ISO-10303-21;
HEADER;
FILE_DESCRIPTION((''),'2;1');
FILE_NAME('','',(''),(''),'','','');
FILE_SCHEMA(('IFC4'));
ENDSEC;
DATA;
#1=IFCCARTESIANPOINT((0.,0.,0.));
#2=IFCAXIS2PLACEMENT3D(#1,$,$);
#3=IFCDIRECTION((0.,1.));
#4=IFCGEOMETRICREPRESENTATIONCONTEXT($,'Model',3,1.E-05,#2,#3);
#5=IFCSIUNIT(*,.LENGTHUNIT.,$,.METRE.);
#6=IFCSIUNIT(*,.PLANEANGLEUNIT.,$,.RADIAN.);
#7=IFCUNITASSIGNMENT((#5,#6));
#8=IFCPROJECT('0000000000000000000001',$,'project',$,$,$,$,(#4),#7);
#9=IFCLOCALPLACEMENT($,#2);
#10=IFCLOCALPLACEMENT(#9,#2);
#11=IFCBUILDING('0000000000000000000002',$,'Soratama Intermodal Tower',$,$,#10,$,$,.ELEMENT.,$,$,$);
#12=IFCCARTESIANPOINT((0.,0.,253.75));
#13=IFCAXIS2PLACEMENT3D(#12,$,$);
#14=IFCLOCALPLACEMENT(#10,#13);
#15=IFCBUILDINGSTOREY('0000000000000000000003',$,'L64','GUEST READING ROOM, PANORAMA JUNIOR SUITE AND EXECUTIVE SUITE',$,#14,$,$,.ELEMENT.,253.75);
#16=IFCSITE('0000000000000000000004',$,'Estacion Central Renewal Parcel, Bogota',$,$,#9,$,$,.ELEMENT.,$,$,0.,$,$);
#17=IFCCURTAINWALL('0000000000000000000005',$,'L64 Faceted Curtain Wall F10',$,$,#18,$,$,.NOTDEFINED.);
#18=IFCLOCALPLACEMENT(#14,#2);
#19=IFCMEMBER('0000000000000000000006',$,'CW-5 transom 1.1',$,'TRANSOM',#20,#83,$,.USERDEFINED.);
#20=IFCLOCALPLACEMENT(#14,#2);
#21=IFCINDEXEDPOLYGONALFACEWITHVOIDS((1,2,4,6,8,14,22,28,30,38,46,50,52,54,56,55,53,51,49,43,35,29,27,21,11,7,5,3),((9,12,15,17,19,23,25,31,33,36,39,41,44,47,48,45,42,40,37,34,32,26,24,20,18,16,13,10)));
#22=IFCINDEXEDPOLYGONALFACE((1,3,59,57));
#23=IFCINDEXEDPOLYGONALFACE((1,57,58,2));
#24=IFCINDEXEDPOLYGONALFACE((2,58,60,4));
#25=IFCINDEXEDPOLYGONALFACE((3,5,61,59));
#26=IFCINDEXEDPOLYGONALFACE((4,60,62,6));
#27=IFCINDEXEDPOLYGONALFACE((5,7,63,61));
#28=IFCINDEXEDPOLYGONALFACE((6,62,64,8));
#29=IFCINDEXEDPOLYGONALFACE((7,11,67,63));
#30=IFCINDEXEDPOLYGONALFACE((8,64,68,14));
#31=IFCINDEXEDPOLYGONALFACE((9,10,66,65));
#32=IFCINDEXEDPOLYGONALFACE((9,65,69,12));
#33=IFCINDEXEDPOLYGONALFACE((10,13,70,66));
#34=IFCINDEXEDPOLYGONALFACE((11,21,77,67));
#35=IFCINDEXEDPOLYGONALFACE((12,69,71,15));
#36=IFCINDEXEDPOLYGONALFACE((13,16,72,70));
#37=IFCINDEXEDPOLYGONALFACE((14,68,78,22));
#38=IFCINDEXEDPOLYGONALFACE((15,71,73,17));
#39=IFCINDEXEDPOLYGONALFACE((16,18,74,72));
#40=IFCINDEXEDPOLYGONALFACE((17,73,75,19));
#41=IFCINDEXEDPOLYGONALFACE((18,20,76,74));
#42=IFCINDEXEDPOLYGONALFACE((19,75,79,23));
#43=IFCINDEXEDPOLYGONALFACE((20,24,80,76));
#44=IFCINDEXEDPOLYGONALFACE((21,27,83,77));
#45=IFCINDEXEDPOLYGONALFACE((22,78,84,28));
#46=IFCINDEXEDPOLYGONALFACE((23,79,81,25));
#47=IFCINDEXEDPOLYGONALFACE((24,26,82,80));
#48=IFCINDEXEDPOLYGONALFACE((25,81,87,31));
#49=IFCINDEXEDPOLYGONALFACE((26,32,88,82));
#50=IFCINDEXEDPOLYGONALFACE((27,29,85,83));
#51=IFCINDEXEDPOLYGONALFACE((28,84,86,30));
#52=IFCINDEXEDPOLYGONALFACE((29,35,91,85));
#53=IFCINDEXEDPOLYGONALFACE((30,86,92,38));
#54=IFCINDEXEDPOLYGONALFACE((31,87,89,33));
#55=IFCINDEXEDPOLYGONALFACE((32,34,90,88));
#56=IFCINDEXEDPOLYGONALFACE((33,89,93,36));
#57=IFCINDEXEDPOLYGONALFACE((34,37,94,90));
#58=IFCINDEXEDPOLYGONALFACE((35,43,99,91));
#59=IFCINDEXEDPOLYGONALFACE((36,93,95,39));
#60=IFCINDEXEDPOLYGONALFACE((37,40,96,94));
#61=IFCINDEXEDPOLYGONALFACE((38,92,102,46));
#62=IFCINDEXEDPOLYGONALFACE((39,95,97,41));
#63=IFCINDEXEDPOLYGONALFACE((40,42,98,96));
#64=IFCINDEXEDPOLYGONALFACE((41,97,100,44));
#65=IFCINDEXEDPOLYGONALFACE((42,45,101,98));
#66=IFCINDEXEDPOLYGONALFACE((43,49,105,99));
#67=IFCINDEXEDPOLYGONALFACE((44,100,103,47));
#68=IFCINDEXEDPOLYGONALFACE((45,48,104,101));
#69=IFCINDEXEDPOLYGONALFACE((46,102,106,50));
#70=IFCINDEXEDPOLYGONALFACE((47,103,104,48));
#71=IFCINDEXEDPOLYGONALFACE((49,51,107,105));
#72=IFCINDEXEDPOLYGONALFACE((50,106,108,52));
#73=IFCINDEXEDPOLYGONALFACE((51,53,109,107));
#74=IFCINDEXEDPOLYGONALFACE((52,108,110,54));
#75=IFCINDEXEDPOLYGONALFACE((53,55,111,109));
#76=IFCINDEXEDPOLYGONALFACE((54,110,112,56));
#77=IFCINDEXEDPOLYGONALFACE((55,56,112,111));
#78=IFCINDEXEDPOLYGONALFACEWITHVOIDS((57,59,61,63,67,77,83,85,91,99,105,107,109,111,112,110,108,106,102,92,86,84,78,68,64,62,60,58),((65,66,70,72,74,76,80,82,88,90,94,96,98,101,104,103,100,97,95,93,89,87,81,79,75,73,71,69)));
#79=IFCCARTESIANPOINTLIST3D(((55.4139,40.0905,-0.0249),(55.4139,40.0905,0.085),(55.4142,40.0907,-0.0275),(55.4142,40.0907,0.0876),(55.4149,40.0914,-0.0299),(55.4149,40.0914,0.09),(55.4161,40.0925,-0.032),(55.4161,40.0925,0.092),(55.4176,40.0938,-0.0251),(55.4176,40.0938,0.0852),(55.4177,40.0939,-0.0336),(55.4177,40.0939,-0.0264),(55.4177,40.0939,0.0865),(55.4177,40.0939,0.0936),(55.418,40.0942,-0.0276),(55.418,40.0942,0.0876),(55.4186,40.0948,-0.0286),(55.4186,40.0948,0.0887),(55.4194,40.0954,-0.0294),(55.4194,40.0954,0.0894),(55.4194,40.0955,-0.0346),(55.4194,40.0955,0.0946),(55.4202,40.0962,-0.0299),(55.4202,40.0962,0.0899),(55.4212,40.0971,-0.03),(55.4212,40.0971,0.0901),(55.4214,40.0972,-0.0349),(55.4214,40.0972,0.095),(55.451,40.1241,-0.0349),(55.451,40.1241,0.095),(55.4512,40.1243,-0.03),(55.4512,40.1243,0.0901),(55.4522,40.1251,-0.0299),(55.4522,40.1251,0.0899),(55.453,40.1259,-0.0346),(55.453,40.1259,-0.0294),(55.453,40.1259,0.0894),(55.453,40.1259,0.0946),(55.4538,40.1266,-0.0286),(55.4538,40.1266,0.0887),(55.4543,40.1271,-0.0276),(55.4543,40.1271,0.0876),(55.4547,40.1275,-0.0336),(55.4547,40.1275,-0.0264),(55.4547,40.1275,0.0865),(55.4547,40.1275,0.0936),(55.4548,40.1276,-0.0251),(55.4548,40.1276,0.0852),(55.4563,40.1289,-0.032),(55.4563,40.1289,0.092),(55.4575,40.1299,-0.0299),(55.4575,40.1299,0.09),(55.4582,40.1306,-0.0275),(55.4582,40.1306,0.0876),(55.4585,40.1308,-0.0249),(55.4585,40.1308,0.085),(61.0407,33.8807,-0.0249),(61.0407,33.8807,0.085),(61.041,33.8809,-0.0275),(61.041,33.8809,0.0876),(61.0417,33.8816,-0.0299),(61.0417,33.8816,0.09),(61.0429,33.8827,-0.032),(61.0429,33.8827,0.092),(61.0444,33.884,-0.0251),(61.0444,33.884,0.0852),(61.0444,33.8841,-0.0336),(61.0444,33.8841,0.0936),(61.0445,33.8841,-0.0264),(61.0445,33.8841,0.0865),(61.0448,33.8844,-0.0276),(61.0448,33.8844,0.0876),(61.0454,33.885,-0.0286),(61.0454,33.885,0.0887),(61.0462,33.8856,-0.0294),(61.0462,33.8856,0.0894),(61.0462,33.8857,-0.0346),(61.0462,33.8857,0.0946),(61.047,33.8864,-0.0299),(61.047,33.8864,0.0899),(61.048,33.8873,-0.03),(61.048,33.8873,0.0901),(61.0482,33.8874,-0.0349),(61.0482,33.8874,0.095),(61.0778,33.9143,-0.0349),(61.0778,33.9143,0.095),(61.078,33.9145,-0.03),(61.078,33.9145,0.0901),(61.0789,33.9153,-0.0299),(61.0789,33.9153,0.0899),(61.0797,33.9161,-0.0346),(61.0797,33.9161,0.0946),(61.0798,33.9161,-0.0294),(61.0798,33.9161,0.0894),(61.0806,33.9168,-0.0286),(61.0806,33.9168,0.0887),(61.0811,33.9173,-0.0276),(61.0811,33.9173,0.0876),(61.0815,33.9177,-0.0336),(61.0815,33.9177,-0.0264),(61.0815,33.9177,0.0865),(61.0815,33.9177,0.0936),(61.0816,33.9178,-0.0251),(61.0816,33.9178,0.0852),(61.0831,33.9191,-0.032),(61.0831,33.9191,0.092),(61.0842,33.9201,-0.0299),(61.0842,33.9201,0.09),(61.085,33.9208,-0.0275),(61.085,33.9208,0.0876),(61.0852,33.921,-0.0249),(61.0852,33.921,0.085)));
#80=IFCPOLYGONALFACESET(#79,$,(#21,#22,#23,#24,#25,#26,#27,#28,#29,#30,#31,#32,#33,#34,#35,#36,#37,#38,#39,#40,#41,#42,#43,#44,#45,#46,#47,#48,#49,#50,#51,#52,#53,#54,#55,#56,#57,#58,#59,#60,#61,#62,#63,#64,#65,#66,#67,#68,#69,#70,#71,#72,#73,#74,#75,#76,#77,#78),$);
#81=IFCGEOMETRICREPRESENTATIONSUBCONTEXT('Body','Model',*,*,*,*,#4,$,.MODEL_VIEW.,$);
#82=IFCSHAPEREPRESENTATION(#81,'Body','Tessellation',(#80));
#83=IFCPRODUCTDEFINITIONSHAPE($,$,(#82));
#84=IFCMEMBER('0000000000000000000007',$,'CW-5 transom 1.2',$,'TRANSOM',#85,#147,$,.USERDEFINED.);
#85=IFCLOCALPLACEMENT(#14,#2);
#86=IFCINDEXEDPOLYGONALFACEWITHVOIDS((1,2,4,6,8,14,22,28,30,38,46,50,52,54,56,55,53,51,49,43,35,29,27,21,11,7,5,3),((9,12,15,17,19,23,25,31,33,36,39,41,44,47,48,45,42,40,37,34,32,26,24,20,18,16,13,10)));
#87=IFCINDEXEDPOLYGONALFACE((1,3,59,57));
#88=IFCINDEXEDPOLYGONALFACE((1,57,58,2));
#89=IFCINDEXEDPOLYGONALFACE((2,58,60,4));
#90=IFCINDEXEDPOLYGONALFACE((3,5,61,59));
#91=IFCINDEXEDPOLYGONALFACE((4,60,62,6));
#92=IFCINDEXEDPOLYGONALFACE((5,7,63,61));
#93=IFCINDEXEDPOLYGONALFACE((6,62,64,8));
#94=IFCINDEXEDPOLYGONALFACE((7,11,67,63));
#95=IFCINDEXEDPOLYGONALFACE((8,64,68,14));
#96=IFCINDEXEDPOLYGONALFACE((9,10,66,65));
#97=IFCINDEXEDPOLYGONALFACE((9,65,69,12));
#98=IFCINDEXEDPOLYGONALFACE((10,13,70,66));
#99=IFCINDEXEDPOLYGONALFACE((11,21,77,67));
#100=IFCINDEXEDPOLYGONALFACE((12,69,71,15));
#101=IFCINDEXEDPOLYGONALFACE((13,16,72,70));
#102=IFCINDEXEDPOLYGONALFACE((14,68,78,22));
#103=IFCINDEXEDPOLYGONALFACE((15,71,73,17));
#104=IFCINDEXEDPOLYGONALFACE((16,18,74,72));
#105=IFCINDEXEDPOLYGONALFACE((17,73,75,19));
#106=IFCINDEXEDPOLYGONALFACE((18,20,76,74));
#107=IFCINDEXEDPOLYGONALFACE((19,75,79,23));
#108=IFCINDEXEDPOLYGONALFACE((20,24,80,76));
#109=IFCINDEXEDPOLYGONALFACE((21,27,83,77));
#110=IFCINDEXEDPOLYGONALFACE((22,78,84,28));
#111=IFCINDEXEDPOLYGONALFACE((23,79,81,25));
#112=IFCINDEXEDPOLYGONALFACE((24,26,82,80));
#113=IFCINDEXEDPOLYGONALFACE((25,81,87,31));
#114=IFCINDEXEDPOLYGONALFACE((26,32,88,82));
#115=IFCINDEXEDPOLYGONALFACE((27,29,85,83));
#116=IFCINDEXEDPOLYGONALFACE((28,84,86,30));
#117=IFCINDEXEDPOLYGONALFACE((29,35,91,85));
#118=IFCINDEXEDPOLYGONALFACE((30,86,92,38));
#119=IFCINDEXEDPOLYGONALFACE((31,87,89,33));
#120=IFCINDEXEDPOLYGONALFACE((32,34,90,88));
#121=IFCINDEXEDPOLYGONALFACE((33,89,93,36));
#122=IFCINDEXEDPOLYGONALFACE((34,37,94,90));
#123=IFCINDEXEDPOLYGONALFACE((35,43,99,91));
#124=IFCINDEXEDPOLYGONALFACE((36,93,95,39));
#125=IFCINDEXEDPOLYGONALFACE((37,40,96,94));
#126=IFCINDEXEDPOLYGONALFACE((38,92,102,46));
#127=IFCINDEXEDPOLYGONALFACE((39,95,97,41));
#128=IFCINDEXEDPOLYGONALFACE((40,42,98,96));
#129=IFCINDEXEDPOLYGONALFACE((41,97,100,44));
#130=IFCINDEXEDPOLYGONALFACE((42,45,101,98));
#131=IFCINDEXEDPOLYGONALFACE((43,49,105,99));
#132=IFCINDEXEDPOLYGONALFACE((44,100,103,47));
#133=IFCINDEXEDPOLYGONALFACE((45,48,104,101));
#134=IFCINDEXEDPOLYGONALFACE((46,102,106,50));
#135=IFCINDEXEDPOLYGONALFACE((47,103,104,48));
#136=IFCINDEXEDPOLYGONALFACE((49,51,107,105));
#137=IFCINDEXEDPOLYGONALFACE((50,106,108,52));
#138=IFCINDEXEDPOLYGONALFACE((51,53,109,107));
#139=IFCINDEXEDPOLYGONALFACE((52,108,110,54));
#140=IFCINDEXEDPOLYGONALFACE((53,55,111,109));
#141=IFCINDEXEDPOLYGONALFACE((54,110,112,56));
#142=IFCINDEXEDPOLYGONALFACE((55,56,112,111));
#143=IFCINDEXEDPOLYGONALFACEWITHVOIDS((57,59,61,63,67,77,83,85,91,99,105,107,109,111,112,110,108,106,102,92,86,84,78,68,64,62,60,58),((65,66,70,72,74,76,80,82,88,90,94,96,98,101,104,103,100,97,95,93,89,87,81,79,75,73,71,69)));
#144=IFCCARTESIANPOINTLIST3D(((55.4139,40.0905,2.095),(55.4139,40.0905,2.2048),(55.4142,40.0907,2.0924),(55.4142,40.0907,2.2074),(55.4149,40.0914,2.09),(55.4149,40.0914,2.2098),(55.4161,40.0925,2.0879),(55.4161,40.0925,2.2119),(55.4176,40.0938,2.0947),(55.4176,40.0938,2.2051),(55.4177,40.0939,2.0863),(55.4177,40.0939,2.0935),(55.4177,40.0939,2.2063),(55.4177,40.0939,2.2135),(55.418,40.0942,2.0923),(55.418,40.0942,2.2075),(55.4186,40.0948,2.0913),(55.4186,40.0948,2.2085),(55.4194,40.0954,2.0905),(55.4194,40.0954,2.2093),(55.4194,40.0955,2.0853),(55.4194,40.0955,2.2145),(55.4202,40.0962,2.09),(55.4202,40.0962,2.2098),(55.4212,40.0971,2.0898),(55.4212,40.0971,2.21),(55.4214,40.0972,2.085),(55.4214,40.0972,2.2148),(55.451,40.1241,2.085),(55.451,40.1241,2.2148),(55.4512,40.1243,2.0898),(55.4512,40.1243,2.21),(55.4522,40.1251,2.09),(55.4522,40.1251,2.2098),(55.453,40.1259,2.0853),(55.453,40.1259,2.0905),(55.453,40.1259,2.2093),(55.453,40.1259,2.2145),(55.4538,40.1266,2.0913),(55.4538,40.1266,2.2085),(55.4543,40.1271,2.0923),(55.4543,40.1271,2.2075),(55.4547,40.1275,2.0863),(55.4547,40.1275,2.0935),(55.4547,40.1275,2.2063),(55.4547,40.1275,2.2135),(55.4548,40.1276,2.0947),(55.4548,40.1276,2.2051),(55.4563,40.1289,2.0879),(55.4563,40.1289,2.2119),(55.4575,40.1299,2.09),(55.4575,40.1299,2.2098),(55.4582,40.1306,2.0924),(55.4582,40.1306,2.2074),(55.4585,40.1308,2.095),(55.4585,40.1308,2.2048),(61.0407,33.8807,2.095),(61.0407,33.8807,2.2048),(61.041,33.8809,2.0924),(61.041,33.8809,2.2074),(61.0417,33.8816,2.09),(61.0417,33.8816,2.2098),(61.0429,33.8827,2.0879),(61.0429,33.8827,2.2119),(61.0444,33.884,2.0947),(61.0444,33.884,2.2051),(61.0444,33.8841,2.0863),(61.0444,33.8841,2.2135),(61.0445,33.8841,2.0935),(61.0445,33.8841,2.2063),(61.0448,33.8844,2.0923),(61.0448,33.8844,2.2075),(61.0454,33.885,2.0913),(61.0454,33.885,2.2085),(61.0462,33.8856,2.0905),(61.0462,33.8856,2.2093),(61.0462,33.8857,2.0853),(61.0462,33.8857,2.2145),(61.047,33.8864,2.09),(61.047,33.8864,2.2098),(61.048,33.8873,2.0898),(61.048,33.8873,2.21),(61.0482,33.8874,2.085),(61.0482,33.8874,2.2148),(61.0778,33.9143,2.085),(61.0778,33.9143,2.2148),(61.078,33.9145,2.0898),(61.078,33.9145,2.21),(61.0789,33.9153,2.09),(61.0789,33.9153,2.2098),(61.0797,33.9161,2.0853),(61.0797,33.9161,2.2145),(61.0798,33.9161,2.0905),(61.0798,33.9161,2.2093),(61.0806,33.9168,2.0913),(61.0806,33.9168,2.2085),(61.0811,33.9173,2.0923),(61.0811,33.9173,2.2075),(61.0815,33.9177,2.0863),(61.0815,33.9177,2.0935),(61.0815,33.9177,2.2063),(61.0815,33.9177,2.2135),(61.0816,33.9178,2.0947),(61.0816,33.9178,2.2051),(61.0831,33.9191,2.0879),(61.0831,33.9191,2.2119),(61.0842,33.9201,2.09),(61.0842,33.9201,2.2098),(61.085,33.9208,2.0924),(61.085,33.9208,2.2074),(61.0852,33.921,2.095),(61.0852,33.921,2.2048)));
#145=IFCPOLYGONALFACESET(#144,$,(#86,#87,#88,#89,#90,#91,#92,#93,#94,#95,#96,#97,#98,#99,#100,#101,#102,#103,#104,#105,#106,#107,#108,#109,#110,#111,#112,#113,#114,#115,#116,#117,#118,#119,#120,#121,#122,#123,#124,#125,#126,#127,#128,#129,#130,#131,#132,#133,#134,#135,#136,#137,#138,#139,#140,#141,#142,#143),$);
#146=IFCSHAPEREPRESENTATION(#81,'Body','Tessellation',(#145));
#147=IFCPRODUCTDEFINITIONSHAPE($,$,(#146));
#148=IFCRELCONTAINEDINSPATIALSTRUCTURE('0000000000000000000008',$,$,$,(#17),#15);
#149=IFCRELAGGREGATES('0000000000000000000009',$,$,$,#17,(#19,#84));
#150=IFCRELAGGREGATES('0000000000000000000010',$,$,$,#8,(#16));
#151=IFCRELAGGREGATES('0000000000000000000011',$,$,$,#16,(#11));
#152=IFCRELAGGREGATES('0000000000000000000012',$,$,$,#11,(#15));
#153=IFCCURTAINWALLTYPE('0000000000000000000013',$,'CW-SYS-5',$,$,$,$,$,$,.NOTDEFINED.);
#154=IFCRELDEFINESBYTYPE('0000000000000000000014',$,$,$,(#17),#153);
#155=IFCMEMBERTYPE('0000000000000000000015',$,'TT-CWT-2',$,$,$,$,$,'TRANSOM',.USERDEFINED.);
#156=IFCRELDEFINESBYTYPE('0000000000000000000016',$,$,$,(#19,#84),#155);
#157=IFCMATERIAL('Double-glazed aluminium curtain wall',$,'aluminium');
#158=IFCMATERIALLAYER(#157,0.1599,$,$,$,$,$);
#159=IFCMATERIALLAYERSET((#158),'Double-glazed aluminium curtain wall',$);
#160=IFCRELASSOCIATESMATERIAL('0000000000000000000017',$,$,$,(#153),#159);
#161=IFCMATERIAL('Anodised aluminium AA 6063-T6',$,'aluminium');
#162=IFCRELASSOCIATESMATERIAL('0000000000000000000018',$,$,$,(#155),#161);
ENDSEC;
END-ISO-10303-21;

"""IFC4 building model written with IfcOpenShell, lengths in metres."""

from ifc_helpers import new_model, si_unit, direction, frame, origin, origin_2d, place, context, subcontext, project, spatial, hollow_rectangle, extrude, material, layer, layer_set, material_profile, profile_set, type_object, element, aggregate, save


model = new_model("IFC4")

# Units and contexts
model_context = context("Model", 3, precision=1e-05, world=origin(), true_north=direction((0.0, 1.0)))
body_context = subcontext(model_context, "Body", "Model", "MODEL_VIEW")
ifc_project = project(units=[si_unit("LENGTHUNIT", "METRE"), si_unit("PLANEANGLEUNIT", "RADIAN")], contexts=[model_context])

# Site, building, storey
site_placement = place(None, origin())
site = spatial("IfcSite", under=ifc_project, at=site_placement, Name="Estacion Central Renewal Parcel, Bogota", CompositionType="ELEMENT", RefElevation=0.0)
building_placement = place(site_placement, origin())
building = spatial("IfcBuilding", under=site, at=building_placement, Name="Soratama Intermodal Tower", CompositionType="ELEMENT")
storey_placement = place(building_placement, frame((0.0, 0.0, 253.75)))
storey = spatial("IfcBuildingStorey", under=building, at=storey_placement, Name="L64", Description="GUEST READING ROOM, PANORAMA JUNIOR SUITE AND EXECUTIVE SUITE", CompositionType="ELEMENT", Elevation=253.75)

# Shared definitions
ifc_material_1 = material(Name="Double-glazed aluminium curtain wall", Category="aluminium")
ifc_layer_1 = layer(ifc_material_1, 0.1599)
ifc_layer_set_1 = layer_set([ifc_layer_1], Name="Double-glazed aluminium curtain wall")
curtain_wall_type = type_object("IfcCurtainWallType", Name="CW-SYS-5", PredefinedType="NOTDEFINED", material=ifc_layer_set_1)

# Curtain wall, members
curtain_wall_1_placement = place(storey_placement, origin())
curtain_wall_1 = element("IfcCurtainWall", 1, at=curtain_wall_1_placement, inside=storey, type_object=curtain_wall_type, Name="L64 Faceted Curtain Wall F10", PredefinedType="NOTDEFINED")
ifc_material_2 = material(Name="Anodised aluminium AA 6063-T6", Category="aluminium")
ifc_material_profile_1 = material_profile(ifc_material_2, hollow_rectangle(XDim=0.0601, YDim=0.1299, WallThickness=0.0049, InnerFilletRadius=0.0049, OuterFilletRadius=0.01, at=origin_2d()), Name="CWT130X60X5")
ifc_profile_set_1 = profile_set([ifc_material_profile_1], Name="Anodised aluminium AA 6063-T6")
member_type_1 = type_object("IfcMemberType", Name="TT-CWT-2", ElementType="TRANSOM", PredefinedType="USERDEFINED", material=ifc_profile_set_1)
member_1_placement = place(storey_placement, frame((61.063, 33.9009, 0.03), z_axis=(-0.671464, 0.741037, 0.0), x_axis=(-0.741037, -0.671464, 0.0)))
member_1 = element("IfcMember", 2, at=member_1_placement, type_object=member_type_1, Name="CW-5 transom 1.1", ObjectType="TRANSOM", PredefinedType="USERDEFINED", context=body_context, shape_type="SweptSolid", body=[
    extrude(hollow_rectangle(XDim=0.0601, YDim=0.1299, WallThickness=0.0049, InnerFilletRadius=0.0049, OuterFilletRadius=0.01, at=origin_2d()), origin(), (0.0, 0.0, 1.0), 8.3799),
])
member_2_placement = place(storey_placement, frame((61.063, 33.9009, 2.1499), z_axis=(-0.671464, 0.741037, 0.0), x_axis=(-0.741037, -0.671464, 0.0)))
member_2 = element("IfcMember", 3, at=member_2_placement, type_object=member_type_1, Name="CW-5 transom 1.2", ObjectType="TRANSOM", PredefinedType="USERDEFINED", context=body_context, shape_type="SweptSolid", body=[
    extrude(hollow_rectangle(XDim=0.0601, YDim=0.1299, WallThickness=0.0049, InnerFilletRadius=0.0049, OuterFilletRadius=0.01, at=origin_2d()), origin(), (0.0, 0.0, 1.0), 8.3799),
])
aggregate(curtain_wall_1, [member_1, member_2])

save(model, "model.ifc")
